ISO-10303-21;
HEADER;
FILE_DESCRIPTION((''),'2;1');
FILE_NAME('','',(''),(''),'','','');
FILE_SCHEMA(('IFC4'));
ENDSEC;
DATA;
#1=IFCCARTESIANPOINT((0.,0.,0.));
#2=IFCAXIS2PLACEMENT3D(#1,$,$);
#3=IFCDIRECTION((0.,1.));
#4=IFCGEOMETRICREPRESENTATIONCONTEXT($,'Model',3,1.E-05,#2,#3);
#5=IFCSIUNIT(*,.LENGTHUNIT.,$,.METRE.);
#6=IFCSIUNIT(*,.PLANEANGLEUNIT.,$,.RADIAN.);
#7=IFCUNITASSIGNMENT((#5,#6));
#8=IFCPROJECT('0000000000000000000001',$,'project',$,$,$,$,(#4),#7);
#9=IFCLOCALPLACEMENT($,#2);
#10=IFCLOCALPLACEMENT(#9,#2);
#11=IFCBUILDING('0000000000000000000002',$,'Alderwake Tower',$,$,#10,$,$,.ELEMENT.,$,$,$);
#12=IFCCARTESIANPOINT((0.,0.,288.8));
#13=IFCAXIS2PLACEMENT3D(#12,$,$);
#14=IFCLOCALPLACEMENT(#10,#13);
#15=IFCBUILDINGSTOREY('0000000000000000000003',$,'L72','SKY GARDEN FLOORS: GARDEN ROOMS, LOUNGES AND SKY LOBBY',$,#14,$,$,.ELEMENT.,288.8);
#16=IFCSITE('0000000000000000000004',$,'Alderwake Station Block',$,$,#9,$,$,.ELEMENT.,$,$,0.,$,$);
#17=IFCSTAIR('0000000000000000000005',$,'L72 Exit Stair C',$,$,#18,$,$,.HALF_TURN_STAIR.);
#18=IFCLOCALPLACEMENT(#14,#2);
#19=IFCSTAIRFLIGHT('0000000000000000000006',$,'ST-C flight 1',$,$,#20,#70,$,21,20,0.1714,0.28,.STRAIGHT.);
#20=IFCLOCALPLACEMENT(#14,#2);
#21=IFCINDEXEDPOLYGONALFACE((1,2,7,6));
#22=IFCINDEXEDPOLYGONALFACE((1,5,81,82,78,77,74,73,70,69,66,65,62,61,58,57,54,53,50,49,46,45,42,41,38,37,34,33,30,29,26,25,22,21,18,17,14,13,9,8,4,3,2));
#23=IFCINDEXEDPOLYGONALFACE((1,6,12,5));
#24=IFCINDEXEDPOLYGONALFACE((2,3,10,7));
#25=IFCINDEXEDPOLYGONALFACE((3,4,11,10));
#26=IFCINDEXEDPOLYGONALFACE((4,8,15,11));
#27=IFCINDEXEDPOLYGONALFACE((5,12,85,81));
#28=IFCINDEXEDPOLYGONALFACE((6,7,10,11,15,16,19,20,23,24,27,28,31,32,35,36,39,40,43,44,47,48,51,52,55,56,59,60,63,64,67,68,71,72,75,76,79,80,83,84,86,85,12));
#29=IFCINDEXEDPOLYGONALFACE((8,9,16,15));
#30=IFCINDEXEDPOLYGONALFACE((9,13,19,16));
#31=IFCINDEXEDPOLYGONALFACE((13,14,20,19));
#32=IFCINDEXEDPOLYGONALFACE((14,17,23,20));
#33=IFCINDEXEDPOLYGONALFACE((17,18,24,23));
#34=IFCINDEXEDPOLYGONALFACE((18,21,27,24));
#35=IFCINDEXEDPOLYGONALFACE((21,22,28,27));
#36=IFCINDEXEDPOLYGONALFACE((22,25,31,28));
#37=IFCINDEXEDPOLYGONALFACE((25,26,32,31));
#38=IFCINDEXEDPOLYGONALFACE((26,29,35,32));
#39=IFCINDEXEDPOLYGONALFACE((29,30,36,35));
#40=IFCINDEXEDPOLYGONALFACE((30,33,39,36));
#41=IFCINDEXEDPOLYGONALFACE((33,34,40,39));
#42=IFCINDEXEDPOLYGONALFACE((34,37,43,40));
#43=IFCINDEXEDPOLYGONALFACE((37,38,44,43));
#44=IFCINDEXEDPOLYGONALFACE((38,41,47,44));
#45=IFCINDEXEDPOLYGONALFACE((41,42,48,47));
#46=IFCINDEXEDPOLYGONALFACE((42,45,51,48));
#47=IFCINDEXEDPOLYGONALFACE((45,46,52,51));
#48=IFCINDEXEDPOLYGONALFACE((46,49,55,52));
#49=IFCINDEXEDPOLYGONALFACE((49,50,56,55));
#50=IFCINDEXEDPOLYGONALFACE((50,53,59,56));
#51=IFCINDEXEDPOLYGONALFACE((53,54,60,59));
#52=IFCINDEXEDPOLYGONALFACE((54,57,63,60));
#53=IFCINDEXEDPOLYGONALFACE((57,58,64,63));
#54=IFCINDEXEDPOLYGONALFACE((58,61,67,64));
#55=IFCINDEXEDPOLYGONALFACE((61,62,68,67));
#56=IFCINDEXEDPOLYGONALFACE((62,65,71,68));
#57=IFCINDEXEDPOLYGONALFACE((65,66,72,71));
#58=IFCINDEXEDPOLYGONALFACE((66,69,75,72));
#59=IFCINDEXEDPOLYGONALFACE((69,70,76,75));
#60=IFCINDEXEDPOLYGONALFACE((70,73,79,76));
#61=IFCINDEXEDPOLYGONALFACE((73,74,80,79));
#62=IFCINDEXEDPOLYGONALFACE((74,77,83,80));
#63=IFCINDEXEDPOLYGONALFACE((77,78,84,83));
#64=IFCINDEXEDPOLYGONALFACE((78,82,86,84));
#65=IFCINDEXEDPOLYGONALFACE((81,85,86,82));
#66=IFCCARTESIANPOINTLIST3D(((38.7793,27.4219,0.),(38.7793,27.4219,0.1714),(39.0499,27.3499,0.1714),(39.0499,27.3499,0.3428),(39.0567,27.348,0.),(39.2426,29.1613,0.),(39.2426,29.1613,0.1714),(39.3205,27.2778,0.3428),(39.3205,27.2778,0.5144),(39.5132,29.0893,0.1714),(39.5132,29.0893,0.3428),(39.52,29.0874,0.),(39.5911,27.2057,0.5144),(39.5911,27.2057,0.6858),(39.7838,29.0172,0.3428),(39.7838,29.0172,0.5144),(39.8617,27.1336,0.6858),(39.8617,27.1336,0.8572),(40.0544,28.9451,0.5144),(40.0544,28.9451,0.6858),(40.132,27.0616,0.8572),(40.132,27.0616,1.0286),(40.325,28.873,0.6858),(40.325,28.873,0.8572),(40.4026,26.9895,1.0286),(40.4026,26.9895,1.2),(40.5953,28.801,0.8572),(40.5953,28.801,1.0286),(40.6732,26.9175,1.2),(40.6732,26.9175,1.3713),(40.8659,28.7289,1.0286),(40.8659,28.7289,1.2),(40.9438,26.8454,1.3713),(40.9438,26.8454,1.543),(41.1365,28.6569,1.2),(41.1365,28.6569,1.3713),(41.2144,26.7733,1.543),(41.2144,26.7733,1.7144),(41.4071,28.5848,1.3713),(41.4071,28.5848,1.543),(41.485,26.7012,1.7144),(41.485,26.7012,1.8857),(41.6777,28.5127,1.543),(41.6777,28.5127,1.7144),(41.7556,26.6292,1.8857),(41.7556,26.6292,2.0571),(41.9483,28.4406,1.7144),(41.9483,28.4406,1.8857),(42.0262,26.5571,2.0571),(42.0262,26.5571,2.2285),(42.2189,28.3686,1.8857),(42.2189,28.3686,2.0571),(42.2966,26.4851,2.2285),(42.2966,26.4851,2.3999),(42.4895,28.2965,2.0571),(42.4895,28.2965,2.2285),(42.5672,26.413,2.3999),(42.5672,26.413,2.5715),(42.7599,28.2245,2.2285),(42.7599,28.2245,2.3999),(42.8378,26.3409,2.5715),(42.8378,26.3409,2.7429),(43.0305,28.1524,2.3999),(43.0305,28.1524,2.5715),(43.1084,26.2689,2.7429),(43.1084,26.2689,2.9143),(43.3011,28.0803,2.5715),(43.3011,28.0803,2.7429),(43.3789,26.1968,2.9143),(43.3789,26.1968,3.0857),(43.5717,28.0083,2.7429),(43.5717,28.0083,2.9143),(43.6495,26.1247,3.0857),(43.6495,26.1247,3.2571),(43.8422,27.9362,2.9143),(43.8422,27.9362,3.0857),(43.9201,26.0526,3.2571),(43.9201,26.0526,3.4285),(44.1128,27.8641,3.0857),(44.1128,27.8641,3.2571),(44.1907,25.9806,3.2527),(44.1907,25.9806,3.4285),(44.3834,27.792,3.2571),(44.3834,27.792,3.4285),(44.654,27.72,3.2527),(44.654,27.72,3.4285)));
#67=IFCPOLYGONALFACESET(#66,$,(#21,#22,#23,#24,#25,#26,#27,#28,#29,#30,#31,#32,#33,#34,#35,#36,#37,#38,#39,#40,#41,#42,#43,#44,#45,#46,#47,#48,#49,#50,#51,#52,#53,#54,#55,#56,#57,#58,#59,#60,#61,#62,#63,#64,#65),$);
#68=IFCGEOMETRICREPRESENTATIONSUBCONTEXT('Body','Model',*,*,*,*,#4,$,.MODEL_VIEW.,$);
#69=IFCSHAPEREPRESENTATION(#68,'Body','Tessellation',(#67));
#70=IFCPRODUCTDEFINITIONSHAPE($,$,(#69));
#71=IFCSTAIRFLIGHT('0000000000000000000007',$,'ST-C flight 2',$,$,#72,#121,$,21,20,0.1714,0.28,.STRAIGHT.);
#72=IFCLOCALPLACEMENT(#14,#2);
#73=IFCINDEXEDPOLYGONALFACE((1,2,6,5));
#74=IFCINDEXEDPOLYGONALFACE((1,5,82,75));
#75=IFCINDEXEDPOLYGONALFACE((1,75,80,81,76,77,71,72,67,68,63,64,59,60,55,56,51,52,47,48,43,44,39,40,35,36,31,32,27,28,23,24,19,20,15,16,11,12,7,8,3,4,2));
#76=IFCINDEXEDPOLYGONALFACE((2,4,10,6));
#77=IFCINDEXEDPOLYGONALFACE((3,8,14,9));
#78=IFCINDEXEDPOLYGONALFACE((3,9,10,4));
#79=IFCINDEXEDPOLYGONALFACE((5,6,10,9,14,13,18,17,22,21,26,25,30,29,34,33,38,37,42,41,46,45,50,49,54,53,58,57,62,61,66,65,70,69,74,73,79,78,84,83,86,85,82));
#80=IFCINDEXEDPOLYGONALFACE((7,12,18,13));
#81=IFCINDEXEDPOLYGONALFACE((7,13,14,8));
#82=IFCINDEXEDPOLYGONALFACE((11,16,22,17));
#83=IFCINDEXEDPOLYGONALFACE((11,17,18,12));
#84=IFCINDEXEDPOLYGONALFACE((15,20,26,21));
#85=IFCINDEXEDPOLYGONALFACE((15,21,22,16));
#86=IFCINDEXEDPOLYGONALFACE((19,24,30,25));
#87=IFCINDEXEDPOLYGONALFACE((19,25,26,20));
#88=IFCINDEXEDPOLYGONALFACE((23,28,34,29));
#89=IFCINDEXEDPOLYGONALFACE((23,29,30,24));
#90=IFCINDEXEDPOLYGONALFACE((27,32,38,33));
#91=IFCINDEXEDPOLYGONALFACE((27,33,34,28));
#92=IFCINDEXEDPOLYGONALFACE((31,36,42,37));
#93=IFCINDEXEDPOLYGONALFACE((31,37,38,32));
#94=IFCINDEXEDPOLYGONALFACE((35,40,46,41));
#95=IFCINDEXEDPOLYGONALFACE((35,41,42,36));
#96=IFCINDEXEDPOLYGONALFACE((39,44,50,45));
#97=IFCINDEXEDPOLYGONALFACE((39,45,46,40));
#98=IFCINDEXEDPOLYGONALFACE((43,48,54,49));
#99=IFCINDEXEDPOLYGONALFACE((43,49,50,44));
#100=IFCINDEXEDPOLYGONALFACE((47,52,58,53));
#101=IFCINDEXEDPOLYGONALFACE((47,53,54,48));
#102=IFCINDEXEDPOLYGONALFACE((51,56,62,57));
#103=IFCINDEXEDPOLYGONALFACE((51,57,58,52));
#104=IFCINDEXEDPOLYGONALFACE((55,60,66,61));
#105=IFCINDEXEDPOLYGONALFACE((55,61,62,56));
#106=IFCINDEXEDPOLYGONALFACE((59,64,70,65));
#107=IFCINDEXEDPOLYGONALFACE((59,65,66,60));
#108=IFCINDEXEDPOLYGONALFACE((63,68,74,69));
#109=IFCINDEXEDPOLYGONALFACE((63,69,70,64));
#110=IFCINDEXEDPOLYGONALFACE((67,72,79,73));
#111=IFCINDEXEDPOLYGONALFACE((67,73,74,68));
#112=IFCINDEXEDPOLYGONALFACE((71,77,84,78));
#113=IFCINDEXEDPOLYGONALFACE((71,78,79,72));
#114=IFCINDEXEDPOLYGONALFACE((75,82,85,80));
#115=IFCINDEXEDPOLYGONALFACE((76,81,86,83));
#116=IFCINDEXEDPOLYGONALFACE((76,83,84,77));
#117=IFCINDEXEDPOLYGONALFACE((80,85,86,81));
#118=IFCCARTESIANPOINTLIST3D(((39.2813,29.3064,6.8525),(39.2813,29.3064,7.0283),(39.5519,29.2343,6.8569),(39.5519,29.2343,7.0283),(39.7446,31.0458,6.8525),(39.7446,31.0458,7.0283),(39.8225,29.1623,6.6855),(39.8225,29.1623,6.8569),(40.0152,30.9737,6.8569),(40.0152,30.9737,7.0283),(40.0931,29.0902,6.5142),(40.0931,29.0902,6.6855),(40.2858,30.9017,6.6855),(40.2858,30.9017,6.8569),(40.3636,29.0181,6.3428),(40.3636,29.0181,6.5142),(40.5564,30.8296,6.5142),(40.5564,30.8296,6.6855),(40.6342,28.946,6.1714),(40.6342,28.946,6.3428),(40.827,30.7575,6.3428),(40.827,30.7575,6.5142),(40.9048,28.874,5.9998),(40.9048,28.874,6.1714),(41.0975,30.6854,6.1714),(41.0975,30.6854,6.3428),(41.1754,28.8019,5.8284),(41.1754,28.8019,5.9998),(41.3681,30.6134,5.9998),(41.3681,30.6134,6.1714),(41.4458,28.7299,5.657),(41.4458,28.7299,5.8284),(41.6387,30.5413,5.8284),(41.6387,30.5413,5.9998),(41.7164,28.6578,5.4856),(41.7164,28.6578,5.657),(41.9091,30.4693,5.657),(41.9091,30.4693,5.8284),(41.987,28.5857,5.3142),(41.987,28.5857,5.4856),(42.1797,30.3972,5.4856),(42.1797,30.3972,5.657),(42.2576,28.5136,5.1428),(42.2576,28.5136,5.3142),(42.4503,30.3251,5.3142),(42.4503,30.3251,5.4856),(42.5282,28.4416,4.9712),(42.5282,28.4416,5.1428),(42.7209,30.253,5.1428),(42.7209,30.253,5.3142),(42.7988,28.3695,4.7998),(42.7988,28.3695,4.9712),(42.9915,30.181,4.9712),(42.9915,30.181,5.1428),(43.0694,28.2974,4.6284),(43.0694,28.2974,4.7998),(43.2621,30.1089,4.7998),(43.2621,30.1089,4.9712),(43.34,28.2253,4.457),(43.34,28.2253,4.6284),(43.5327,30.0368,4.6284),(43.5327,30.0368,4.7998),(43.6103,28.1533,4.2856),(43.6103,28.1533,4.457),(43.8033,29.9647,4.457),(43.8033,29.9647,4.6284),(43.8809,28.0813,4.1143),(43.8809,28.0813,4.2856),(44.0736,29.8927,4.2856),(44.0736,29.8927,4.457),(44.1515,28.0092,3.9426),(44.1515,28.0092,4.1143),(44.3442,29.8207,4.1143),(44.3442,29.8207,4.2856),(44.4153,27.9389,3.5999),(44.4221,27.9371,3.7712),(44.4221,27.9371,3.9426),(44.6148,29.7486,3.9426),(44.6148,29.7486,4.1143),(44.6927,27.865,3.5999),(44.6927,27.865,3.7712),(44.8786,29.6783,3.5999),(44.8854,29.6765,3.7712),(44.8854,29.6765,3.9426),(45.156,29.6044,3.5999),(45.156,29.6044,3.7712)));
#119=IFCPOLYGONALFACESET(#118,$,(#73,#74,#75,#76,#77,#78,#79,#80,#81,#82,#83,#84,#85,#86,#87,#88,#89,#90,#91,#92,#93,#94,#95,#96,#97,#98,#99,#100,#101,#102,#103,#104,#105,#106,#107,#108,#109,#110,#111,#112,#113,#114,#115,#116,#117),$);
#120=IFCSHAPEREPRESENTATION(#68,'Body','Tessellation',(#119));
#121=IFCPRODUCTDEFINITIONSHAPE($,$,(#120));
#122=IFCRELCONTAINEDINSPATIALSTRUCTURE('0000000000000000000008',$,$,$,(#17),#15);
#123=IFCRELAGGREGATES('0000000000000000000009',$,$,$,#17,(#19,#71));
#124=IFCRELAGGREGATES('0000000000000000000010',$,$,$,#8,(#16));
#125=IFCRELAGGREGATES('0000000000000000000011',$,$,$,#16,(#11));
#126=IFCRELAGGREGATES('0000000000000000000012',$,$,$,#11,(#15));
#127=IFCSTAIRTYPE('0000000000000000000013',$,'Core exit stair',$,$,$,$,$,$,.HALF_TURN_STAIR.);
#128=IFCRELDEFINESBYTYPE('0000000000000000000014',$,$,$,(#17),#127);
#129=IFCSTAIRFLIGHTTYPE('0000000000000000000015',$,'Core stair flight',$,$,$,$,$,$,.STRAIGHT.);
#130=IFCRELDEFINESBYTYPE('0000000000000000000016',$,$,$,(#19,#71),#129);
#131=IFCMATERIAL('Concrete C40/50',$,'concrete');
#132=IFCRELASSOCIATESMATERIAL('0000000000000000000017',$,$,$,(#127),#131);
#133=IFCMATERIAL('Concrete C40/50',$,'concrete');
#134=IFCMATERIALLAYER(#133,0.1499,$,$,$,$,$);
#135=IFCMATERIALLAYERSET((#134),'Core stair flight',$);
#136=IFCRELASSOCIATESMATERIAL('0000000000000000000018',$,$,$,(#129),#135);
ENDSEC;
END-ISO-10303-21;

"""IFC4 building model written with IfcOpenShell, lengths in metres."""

from ifc_helpers import new_model, si_unit, direction, frame, origin, place, context, subcontext, project, spatial, polyline, outline, extrude, material, layer, layer_set, type_object, element, aggregate, save


model = new_model("IFC4")

# Units and contexts
model_context = context("Model", 3, precision=1e-05, world=origin(), true_north=direction((0.0, 1.0)))
body_context = subcontext(model_context, "Body", "Model", "MODEL_VIEW")
ifc_project = project(units=[si_unit("LENGTHUNIT", "METRE"), si_unit("PLANEANGLEUNIT", "RADIAN")], contexts=[model_context])

# Site, building, storey
site_placement = place(None, origin())
site = spatial("IfcSite", under=ifc_project, at=site_placement, Name="Alderwake Station Block", CompositionType="ELEMENT", RefElevation=0.0)
building_placement = place(site_placement, origin())
building = spatial("IfcBuilding", under=site, at=building_placement, Name="Alderwake Tower", CompositionType="ELEMENT")
storey_placement = place(building_placement, frame((0.0, 0.0, 288.8)))
storey = spatial("IfcBuildingStorey", under=building, at=storey_placement, Name="L72", Description="SKY GARDEN FLOORS: GARDEN ROOMS, LOUNGES AND SKY LOBBY", CompositionType="ELEMENT", Elevation=288.8)

# Stair, stair flights
ifc_material_1 = material(Name="Concrete C40/50", Category="concrete")
stair_type = type_object("IfcStairType", Name="Core exit stair", PredefinedType="HALF_TURN_STAIR", material=ifc_material_1)
stair_placement = place(storey_placement, origin())
stair = element("IfcStair", 1, at=stair_placement, inside=storey, type_object=stair_type, Name="L72 Exit Stair C", PredefinedType="HALF_TURN_STAIR")
ifc_material_2 = material(Name="Concrete C40/50", Category="concrete")
ifc_layer_1 = layer(ifc_material_2, 0.1499)
ifc_layer_set_1 = layer_set([ifc_layer_1], Name="Core stair flight")
stair_flight_type = type_object("IfcStairFlightType", Name="Core stair flight", PredefinedType="STRAIGHT", material=ifc_layer_set_1)
stair_flight_1_placement = place(storey_placement, frame((39.011, 28.2917, 0.0), z_axis=(0.0, 0.0, 1.0), x_axis=(0.96631, -0.257382, 0.0)))
stair_flight_1 = element("IfcStairFlight", 2, at=stair_flight_1_placement, type_object=stair_flight_type, Name="ST-C flight 1", NumberOfRisers=21, NumberOfTreads=20, PredefinedType="STRAIGHT", RiserHeight=0.1714, TreadLength=0.28, context=body_context, shape_type="SweptSolid", body=[
    extrude(outline(polyline([(0.0, 0.0), (0.0, 0.1714), (0.28, 0.1714), (0.28, 0.3428), (0.5601, 0.3428), (0.5601, 0.5144), (0.8401, 0.5144), (0.8401, 0.6858), (1.1201, 0.6858), (1.1201, 0.8572), (1.3999, 0.8572), (1.3999, 1.0286), (1.6799, 1.0286), (1.6799, 1.2), (1.96, 1.2), (1.96, 1.3713), (2.24, 1.3713), (2.24, 1.543), (2.52, 1.543), (2.52, 1.7144), (2.8, 1.7144), (2.8, 1.8857), (3.0801, 1.8857), (3.0801, 2.0571), (3.3601, 2.0571), (3.3601, 2.2285), (3.6399, 2.2285), (3.6399, 2.3999), (3.9199, 2.3999), (3.9199, 2.5715), (4.2, 2.5715), (4.2, 2.7429), (4.48, 2.7429), (4.48, 2.9143), (4.76, 2.9143), (4.76, 3.0857), (5.04, 3.0857), (5.04, 3.2571), (5.3201, 3.2571), (5.3201, 3.4285), (5.6001, 3.4285), (5.6001, 3.6001), (5.6001, 3.2527), (0.2871, 0.0), (0.0, 0.0)])), frame((0.0, 0.8999, 0.0), z_axis=(0.0, -1.0, 0.0), x_axis=(1.0, 0.0, 0.0)), (0.0, 0.0, 1.0), 1.8),
])
stair_flight_2_placement = place(storey_placement, frame((44.9243, 28.7346, 3.5999), z_axis=(0.0, 0.0, 1.0), x_axis=(-0.96631, 0.257382, 0.0)))
stair_flight_2 = element("IfcStairFlight", 3, at=stair_flight_2_placement, type_object=stair_flight_type, Name="ST-C flight 2", NumberOfRisers=21, NumberOfTreads=20, PredefinedType="STRAIGHT", RiserHeight=0.1714, TreadLength=0.28, context=body_context, shape_type="SweptSolid", body=[
    extrude(outline(polyline([(0.0, 0.0), (0.0, 0.1714), (0.28, 0.1714), (0.28, 0.3428), (0.5601, 0.3428), (0.5601, 0.5144), (0.8401, 0.5144), (0.8401, 0.6858), (1.1201, 0.6858), (1.1201, 0.8572), (1.3999, 0.8572), (1.3999, 1.0286), (1.6799, 1.0286), (1.6799, 1.2), (1.96, 1.2), (1.96, 1.3713), (2.24, 1.3713), (2.24, 1.543), (2.52, 1.543), (2.52, 1.7144), (2.8, 1.7144), (2.8, 1.8857), (3.0801, 1.8857), (3.0801, 2.0571), (3.3601, 2.0571), (3.3601, 2.2285), (3.6399, 2.2285), (3.6399, 2.3999), (3.9199, 2.3999), (3.9199, 2.5715), (4.2, 2.5715), (4.2, 2.7429), (4.48, 2.7429), (4.48, 2.9143), (4.76, 2.9143), (4.76, 3.0857), (5.04, 3.0857), (5.04, 3.2571), (5.3201, 3.2571), (5.3201, 3.4285), (5.6001, 3.4285), (5.6001, 3.6001), (5.6001, 3.2527), (0.2871, 0.0), (0.0, 0.0)])), frame((0.0, 0.8999, 0.0), z_axis=(0.0, -1.0, 0.0), x_axis=(1.0, 0.0, 0.0)), (0.0, 0.0, 1.0), 1.8),
])
aggregate(stair, [stair_flight_1, stair_flight_2])

save(model, "model.ifc")
